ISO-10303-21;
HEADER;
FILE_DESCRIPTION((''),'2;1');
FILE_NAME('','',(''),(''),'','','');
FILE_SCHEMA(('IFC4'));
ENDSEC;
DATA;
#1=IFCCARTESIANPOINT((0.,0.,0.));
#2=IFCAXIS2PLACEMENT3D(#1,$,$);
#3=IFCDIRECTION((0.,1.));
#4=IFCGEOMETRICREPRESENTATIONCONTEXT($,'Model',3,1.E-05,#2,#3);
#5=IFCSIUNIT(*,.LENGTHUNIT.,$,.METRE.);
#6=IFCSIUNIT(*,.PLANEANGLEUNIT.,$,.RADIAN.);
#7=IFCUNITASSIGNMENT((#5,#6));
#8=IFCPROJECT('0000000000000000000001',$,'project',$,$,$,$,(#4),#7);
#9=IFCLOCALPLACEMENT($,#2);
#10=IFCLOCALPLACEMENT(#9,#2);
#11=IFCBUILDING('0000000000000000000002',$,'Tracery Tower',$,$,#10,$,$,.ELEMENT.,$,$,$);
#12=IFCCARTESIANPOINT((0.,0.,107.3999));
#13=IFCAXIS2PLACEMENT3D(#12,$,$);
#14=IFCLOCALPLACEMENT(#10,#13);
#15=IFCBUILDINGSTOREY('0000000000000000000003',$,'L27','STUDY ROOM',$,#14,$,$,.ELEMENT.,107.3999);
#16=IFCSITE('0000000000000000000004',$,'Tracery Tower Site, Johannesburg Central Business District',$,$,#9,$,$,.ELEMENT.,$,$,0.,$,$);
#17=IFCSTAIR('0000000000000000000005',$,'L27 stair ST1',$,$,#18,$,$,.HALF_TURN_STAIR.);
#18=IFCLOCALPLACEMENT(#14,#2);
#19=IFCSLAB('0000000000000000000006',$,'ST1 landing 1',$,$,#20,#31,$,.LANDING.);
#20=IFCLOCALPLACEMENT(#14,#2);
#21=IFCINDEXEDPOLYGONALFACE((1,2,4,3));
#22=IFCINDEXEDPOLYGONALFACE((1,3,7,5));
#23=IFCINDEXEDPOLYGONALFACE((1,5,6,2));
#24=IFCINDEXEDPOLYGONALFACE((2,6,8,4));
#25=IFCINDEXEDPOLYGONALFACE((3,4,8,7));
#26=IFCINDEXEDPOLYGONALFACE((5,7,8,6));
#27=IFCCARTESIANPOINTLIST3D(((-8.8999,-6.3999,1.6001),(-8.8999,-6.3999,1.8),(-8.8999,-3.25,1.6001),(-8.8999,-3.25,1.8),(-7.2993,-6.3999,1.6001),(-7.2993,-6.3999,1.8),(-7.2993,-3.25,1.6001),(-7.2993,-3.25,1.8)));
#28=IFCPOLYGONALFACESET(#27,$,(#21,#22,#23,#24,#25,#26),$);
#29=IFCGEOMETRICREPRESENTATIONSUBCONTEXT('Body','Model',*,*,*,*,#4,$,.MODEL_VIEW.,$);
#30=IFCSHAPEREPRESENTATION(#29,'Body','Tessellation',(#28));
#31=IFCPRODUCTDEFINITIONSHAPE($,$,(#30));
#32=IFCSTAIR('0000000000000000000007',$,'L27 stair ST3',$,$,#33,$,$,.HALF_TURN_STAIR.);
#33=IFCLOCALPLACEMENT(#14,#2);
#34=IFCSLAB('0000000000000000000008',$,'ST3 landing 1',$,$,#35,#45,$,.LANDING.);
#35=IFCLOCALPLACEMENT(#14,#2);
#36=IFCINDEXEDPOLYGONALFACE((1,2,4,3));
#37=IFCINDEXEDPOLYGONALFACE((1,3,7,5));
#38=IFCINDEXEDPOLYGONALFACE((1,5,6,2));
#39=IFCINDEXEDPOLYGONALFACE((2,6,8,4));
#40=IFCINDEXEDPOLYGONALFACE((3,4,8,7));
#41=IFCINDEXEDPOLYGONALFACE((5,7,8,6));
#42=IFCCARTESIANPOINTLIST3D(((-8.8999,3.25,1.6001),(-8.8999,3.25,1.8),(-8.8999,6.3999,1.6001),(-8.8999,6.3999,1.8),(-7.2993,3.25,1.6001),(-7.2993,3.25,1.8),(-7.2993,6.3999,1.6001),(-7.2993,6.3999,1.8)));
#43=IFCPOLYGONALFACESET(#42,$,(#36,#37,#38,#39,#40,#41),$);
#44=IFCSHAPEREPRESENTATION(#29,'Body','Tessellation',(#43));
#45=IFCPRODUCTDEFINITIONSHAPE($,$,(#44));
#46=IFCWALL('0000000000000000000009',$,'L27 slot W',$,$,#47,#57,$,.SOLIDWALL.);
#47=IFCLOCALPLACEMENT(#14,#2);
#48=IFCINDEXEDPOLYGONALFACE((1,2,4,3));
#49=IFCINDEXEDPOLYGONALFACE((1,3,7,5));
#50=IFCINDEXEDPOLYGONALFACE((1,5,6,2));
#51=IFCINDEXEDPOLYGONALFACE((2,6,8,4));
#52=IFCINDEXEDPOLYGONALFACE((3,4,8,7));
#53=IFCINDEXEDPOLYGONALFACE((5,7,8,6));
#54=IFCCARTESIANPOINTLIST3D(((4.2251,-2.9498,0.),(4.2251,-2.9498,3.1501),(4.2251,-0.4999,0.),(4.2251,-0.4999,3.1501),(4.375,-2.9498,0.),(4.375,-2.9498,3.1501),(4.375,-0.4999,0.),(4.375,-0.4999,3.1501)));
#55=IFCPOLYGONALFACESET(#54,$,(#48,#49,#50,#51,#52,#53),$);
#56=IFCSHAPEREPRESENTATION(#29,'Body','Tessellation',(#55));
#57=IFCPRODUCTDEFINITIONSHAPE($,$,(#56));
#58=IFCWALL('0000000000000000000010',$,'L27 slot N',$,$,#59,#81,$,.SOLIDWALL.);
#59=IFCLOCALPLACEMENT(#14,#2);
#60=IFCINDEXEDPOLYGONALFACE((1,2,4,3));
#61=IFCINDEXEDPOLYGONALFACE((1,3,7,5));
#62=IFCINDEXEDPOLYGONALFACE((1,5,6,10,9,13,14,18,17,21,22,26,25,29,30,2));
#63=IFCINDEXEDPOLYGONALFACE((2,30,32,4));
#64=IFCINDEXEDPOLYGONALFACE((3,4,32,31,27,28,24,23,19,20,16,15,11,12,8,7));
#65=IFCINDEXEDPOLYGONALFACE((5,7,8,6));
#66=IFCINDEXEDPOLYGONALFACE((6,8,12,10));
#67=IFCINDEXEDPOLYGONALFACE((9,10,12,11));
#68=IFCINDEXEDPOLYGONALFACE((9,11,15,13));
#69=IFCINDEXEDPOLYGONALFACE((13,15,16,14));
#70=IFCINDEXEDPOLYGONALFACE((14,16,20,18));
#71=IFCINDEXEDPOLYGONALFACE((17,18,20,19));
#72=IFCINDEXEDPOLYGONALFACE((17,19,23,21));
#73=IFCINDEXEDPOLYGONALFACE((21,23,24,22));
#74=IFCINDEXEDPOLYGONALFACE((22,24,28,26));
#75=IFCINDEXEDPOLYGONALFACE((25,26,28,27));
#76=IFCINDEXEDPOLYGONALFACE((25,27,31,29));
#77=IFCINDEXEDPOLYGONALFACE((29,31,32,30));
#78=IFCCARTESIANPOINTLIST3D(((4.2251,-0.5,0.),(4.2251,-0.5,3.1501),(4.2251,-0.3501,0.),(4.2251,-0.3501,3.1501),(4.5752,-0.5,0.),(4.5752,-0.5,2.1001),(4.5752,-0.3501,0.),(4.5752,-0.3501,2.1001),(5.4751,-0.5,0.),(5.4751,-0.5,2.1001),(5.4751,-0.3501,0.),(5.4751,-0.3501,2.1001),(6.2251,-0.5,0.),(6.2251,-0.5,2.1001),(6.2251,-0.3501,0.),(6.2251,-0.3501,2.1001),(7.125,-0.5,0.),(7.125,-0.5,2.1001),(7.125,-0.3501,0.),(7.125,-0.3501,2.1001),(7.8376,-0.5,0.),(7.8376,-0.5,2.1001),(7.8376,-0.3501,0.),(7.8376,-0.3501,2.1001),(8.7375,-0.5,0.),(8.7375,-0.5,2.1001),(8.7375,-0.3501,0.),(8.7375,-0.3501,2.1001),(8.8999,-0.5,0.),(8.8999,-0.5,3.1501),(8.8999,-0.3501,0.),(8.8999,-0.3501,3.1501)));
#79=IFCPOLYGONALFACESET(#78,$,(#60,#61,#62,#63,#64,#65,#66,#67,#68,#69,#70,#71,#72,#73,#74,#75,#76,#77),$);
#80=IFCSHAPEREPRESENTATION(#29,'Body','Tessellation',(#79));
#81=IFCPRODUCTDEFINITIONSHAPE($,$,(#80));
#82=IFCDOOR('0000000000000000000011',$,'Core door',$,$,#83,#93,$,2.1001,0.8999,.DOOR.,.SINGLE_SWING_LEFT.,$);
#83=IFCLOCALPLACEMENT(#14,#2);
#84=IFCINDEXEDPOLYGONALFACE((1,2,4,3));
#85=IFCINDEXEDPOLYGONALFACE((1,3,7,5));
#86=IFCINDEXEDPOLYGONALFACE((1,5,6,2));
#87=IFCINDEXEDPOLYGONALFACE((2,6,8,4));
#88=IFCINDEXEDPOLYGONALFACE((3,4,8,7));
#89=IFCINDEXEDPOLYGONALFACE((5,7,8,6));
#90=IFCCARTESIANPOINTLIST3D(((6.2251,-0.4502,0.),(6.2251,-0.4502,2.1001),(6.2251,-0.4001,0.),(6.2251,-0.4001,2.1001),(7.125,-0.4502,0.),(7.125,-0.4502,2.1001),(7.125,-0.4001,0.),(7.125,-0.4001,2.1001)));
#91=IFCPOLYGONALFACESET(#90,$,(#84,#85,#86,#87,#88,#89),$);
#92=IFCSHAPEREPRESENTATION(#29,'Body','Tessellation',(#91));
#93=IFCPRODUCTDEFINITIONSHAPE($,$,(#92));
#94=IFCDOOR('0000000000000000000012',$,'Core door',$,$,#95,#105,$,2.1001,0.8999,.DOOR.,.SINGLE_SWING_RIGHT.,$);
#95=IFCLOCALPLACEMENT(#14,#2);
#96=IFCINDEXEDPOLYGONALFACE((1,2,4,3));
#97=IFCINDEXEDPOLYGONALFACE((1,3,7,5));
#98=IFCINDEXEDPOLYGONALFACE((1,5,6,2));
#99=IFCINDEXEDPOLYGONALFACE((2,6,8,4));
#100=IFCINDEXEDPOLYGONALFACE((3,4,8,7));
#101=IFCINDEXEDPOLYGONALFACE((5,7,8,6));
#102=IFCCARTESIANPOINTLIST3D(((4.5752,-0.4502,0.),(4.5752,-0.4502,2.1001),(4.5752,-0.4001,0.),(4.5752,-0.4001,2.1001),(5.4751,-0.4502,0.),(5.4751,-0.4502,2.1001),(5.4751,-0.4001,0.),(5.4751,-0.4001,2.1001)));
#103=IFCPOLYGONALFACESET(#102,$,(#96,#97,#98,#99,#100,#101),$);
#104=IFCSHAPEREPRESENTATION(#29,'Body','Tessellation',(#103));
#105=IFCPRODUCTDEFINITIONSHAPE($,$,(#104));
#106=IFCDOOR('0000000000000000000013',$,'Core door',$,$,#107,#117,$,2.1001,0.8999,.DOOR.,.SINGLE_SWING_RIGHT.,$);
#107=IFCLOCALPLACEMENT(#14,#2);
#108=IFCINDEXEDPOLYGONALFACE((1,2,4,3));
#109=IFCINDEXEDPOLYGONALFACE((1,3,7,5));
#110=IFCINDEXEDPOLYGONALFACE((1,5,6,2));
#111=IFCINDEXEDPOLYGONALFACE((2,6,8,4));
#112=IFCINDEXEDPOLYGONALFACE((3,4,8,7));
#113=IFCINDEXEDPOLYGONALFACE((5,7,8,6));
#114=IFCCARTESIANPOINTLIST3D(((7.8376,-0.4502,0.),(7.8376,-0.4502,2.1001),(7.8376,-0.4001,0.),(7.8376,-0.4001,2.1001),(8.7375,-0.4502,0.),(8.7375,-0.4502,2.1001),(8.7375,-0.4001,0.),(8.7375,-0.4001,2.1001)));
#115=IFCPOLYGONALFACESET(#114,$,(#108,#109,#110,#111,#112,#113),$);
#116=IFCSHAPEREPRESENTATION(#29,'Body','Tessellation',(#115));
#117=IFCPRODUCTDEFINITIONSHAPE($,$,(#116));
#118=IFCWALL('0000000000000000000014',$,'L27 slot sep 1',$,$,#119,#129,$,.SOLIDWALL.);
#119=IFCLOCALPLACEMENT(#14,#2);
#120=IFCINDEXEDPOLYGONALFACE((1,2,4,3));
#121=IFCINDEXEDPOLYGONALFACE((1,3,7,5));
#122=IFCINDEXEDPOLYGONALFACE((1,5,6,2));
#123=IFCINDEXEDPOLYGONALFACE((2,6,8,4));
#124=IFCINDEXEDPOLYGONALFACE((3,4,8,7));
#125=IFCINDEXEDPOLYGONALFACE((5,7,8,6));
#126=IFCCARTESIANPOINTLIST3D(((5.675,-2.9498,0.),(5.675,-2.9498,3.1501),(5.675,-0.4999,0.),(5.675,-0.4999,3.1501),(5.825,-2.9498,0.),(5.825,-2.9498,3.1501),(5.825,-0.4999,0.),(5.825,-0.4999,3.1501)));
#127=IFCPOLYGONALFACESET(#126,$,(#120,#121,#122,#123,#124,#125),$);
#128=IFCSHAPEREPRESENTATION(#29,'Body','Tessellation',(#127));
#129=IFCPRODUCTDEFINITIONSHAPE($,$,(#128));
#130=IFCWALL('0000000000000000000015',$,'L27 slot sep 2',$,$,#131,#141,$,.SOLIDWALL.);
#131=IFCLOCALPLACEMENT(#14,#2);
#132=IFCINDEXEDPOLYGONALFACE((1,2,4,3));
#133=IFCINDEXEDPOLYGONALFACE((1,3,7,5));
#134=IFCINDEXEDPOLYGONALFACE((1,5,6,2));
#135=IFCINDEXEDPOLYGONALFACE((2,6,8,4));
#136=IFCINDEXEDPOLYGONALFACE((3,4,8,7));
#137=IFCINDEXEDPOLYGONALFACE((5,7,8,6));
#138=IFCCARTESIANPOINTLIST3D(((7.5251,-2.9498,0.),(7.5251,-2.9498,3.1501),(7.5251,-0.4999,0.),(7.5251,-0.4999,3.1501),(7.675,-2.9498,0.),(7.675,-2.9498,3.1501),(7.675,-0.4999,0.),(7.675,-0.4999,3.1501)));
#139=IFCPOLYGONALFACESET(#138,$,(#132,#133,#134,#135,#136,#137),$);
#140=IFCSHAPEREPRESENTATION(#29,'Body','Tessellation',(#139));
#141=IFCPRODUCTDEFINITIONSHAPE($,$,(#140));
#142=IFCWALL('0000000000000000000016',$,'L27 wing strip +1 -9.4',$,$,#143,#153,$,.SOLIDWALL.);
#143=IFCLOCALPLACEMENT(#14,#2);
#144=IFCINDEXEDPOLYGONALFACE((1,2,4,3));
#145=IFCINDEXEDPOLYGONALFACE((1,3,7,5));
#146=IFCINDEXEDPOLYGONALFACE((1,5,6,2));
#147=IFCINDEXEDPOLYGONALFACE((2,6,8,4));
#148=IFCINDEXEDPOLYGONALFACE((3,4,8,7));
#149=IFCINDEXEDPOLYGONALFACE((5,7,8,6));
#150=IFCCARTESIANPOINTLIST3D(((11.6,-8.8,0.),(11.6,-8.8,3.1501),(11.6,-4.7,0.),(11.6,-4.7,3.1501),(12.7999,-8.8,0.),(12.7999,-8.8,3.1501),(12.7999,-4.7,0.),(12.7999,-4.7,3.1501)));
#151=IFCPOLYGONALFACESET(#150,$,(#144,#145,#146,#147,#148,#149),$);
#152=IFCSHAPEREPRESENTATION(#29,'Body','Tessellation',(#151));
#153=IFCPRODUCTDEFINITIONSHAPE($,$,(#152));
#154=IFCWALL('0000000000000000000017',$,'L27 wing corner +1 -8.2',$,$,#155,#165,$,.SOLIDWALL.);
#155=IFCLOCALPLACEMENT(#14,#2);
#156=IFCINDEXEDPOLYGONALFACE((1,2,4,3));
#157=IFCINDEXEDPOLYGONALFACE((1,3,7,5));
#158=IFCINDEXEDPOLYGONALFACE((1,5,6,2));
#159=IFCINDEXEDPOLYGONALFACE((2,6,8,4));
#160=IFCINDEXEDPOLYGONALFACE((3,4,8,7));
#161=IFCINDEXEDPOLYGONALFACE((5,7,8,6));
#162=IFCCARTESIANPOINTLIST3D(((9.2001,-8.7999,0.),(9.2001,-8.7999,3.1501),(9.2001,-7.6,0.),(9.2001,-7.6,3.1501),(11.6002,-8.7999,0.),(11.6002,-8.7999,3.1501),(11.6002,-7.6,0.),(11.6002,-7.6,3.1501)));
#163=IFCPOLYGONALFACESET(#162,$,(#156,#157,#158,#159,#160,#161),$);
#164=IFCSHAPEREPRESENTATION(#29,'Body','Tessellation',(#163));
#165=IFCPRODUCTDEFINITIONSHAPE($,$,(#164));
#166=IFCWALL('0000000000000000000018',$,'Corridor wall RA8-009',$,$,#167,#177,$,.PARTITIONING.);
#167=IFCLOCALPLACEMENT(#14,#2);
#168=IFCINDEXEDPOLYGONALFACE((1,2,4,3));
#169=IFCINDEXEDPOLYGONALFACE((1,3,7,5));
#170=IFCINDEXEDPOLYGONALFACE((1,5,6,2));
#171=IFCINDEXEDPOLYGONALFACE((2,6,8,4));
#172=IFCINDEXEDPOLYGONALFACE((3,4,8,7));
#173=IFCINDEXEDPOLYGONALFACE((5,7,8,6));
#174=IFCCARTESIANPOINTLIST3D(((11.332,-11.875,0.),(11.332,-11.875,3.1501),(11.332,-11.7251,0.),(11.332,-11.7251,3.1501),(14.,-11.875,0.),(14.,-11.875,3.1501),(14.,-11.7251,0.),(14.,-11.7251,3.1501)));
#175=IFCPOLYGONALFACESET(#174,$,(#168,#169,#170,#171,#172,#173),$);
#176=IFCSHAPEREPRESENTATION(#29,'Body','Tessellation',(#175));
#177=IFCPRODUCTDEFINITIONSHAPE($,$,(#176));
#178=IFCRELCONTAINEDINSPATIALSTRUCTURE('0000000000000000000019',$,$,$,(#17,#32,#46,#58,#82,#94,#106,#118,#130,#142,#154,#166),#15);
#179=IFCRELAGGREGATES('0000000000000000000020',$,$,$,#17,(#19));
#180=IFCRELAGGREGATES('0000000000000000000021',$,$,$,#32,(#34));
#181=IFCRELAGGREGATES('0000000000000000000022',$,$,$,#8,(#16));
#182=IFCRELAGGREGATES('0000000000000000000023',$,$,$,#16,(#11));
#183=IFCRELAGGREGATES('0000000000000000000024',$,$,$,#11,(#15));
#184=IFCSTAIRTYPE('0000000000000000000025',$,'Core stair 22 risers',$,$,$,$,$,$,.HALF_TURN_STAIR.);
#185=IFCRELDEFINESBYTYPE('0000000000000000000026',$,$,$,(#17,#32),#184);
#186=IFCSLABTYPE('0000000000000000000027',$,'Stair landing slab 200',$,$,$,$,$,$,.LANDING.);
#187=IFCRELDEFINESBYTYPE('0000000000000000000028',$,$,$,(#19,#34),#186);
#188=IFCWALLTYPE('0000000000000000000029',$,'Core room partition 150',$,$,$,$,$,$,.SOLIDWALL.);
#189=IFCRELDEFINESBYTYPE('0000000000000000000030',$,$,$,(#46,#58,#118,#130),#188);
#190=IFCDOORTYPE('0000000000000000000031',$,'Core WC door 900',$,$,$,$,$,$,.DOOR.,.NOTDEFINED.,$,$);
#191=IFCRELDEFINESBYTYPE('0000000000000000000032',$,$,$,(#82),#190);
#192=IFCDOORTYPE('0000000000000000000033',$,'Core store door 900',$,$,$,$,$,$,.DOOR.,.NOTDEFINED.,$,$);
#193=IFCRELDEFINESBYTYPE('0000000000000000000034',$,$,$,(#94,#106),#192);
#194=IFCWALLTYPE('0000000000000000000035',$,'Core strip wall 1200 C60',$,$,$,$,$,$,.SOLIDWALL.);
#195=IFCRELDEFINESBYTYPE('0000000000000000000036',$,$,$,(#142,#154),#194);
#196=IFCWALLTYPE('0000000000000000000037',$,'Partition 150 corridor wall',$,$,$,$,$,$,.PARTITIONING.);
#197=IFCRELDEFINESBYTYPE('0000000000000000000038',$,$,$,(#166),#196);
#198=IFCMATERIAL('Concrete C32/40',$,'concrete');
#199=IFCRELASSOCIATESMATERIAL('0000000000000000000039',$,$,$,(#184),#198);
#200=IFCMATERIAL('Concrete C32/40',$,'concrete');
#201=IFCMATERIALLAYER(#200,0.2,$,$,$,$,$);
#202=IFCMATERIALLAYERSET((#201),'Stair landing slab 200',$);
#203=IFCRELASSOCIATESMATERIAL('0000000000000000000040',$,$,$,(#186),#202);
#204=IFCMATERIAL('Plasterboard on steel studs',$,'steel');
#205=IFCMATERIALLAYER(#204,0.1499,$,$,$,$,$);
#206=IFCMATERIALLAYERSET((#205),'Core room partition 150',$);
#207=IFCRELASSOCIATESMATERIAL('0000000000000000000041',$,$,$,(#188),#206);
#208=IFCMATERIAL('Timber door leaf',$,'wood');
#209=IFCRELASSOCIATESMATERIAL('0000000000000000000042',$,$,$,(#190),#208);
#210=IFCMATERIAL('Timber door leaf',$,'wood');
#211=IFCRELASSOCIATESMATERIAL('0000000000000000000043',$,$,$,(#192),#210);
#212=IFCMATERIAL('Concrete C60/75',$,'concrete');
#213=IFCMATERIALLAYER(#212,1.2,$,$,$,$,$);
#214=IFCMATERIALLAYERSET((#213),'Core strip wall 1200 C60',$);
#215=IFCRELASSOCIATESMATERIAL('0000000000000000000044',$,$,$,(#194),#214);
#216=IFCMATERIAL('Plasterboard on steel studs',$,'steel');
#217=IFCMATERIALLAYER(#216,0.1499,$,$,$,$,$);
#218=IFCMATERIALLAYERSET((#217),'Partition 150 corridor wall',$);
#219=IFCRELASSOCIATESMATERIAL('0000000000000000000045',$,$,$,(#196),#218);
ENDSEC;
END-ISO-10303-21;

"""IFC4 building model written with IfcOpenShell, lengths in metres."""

from ifc_helpers import new_model, si_unit, direction, frame, frame_2d, origin, place, context, subcontext, project, spatial, polyline, rectangle, outline, extrude, material, layer, layer_set, type_object, element, fill, aggregate, save


model = new_model("IFC4")

# Units and contexts
model_context = context("Model", 3, precision=1e-05, world=origin(), true_north=direction((0.0, 1.0)))
body_context = subcontext(model_context, "Body", "Model", "MODEL_VIEW")
ifc_project = project(units=[si_unit("LENGTHUNIT", "METRE"), si_unit("PLANEANGLEUNIT", "RADIAN")], contexts=[model_context])

# Site, building, storey
site_placement = place(None, origin())
site = spatial("IfcSite", under=ifc_project, at=site_placement, Name="Tracery Tower Site, Johannesburg Central Business District", CompositionType="ELEMENT", RefElevation=0.0)
building_placement = place(site_placement, origin())
building = spatial("IfcBuilding", under=site, at=building_placement, Name="Tracery Tower", CompositionType="ELEMENT")
storey_placement = place(building_placement, frame((0.0, 0.0, 107.3999)))
storey = spatial("IfcBuildingStorey", under=building, at=storey_placement, Name="L27", Description="STUDY ROOM", CompositionType="ELEMENT", Elevation=107.3999)

# Stairs, slabs
ifc_material_1 = material(Name="Concrete C32/40", Category="concrete")
stair_type = type_object("IfcStairType", Name="Core stair 22 risers", PredefinedType="HALF_TURN_STAIR", material=ifc_material_1)
stair_1_placement = place(storey_placement, origin())
stair_1 = element("IfcStair", 1, at=stair_1_placement, inside=storey, type_object=stair_type, Name="L27 stair ST1", PredefinedType="HALF_TURN_STAIR")
ifc_material_2 = material(Name="Concrete C32/40", Category="concrete")
ifc_layer_1 = layer(ifc_material_2, 0.2)
ifc_layer_set_1 = layer_set([ifc_layer_1], Name="Stair landing slab 200")
slab_type_1 = type_object("IfcSlabType", Name="Stair landing slab 200", PredefinedType="LANDING", material=ifc_layer_set_1)
slab_1_placement = place(storey_placement, frame((0.0, 0.0, 1.6001)))
slab_1 = element("IfcSlab", 2, at=slab_1_placement, type_object=slab_type_1, Name="ST1 landing 1", PredefinedType="LANDING", context=body_context, shape_type="SweptSolid", body=[
    extrude(outline(polyline([(-7.2993, -3.25), (-8.8999, -3.25), (-8.8999, -6.3999), (-7.2993, -6.3999), (-7.2993, -3.25)])), origin(), (0.0, 0.0, 1.0), 0.2),
])
aggregate(stair_1, [slab_1])
stair_2_placement = place(storey_placement, origin())
stair_2 = element("IfcStair", 3, at=stair_2_placement, inside=storey, type_object=stair_type, Name="L27 stair ST3", PredefinedType="HALF_TURN_STAIR")
slab_2_placement = place(storey_placement, frame((0.0, 0.0, 1.6001)))
slab_2 = element("IfcSlab", 4, at=slab_2_placement, type_object=slab_type_1, Name="ST3 landing 1", PredefinedType="LANDING", context=body_context, shape_type="SweptSolid", body=[
    extrude(outline(polyline([(-7.2993, 6.3999), (-8.8999, 6.3999), (-8.8999, 3.25), (-7.2993, 3.25), (-7.2993, 6.3999)])), origin(), (0.0, 0.0, 1.0), 0.2),
])
aggregate(stair_2, [slab_2])

# Wall
ifc_material_3 = material(Name="Plasterboard on steel studs", Category="steel")
ifc_layer_2 = layer(ifc_material_3, 0.1499)
ifc_layer_set_2 = layer_set([ifc_layer_2], Name="Core room partition 150")
wall_type_1 = type_object("IfcWallType", Name="Core room partition 150", PredefinedType="SOLIDWALL", material=ifc_layer_set_2)
wall_1_placement = place(storey_placement, frame((4.3, -2.95, 0.0), z_axis=(0.0, 0.0, 1.0), x_axis=(0.0, 1.0, 0.0)))
element("IfcWall", 5, at=wall_1_placement, inside=storey, type_object=wall_type_1, Name="L27 slot W", PredefinedType="SOLIDWALL", context=body_context, shape_type="SweptSolid", body=[
    extrude(rectangle(XDim=2.45, YDim=0.1499, at=frame_2d((1.2251, 0.0))), origin(), (0.0, 0.0, 1.0), 3.1501),
])

# Wall, openings, doors
wall_2_placement = place(storey_placement, frame((4.2251, -0.425, 0.0), z_axis=(0.0, 0.0, 1.0), x_axis=(1.0, 0.0, 0.0)))
wall_2 = element("IfcWall", 6, at=wall_2_placement, inside=storey, type_object=wall_type_1, Name="L27 slot N", PredefinedType="SOLIDWALL", context=body_context, shape_type="SweptSolid", body=[
    extrude(rectangle(XDim=4.6748, YDim=0.1499, at=frame_2d((2.3374, 0.0))), origin(), (0.0, 0.0, 1.0), 3.1501),
])
opening_1_placement = place(wall_2_placement, frame((0.3501, 0.0, 0.0)))
opening_1 = element("IfcOpeningElement", 7, at=opening_1_placement, cuts=wall_2, PredefinedType="OPENING", context=body_context, shape_type="SweptSolid", body=[
    extrude(rectangle(XDim=0.8999, YDim=2.1001, at=frame_2d((0.45, 1.05))), frame((0.0, 0.075, 0.0), z_axis=(0.0, -1.0, 0.0), x_axis=(1.0, 0.0, 0.0)), (0.0, 0.0, 1.0), 0.1499),
])
opening_2_placement = place(wall_2_placement, frame((2.0, 0.0, 0.0)))
opening_2 = element("IfcOpeningElement", 8, at=opening_2_placement, cuts=wall_2, PredefinedType="OPENING", context=body_context, shape_type="SweptSolid", body=[
    extrude(rectangle(XDim=0.8999, YDim=2.1001, at=frame_2d((0.45, 1.05))), frame((0.0, 0.075, 0.0), z_axis=(0.0, -1.0, 0.0), x_axis=(1.0, 0.0, 0.0)), (0.0, 0.0, 1.0), 0.1499),
])
opening_3_placement = place(wall_2_placement, frame((3.6125, 0.0, 0.0)))
opening_3 = element("IfcOpeningElement", 9, at=opening_3_placement, cuts=wall_2, PredefinedType="OPENING", context=body_context, shape_type="SweptSolid", body=[
    extrude(rectangle(XDim=0.8999, YDim=2.1001, at=frame_2d((0.45, 1.05))), frame((0.0, 0.075, 0.0), z_axis=(0.0, -1.0, 0.0), x_axis=(1.0, 0.0, 0.0)), (0.0, 0.0, 1.0), 0.1499),
])
ifc_material_4 = material(Name="Timber door leaf", Category="wood")
door_type_1 = type_object("IfcDoorType", Name="Core WC door 900", OperationType="NOTDEFINED", PredefinedType="DOOR", material=ifc_material_4)
door_1_placement = place(opening_2_placement, origin())
door_1 = element("IfcDoor", 10, at=door_1_placement, inside=storey, type_object=door_type_1, Name="Core door", OperationType="SINGLE_SWING_LEFT", OverallHeight=2.1001, OverallWidth=0.8999, PredefinedType="DOOR", context=body_context, shape_type="SweptSolid", body=[
    extrude(rectangle(XDim=0.8999, YDim=2.1001, at=frame_2d((0.45, 1.05))), frame((0.0, 0.0249, 0.0), z_axis=(0.0, -1.0, 0.0), x_axis=(1.0, 0.0, 0.0)), (0.0, 0.0, 1.0), 0.05),
])
fill(opening_2, door_1)
ifc_material_5 = material(Name="Timber door leaf", Category="wood")
door_type_2 = type_object("IfcDoorType", Name="Core store door 900", OperationType="NOTDEFINED", PredefinedType="DOOR", material=ifc_material_5)
door_2_placement = place(opening_1_placement, origin())
door_2 = element("IfcDoor", 11, at=door_2_placement, inside=storey, type_object=door_type_2, Name="Core door", OperationType="SINGLE_SWING_RIGHT", OverallHeight=2.1001, OverallWidth=0.8999, PredefinedType="DOOR", context=body_context, shape_type="SweptSolid", body=[
    extrude(rectangle(XDim=0.8999, YDim=2.1001, at=frame_2d((0.45, 1.05))), frame((0.0, 0.0249, 0.0), z_axis=(0.0, -1.0, 0.0), x_axis=(1.0, 0.0, 0.0)), (0.0, 0.0, 1.0), 0.05),
])
fill(opening_1, door_2)
door_3_placement = place(opening_3_placement, origin())
door_3 = element("IfcDoor", 12, at=door_3_placement, inside=storey, type_object=door_type_2, Name="Core door", OperationType="SINGLE_SWING_RIGHT", OverallHeight=2.1001, OverallWidth=0.8999, PredefinedType="DOOR", context=body_context, shape_type="SweptSolid", body=[
    extrude(rectangle(XDim=0.8999, YDim=2.1001, at=frame_2d((0.45, 1.05))), frame((0.0, 0.0249, 0.0), z_axis=(0.0, -1.0, 0.0), x_axis=(1.0, 0.0, 0.0)), (0.0, 0.0, 1.0), 0.05),
])
fill(opening_3, door_3)

# Walls
for number, where, z_axis, x_axis, name in (
    (13, (5.75, -2.95, 0.0), (0.0, 0.0, 1.0), (0.0, 1.0, 0.0), "L27 slot sep 1"),
    (14, (7.6001, -2.95, 0.0), (0.0, 0.0, 1.0), (0.0, 1.0, 0.0), "L27 slot sep 2"),
):
    element("IfcWall", number, at=place(storey_placement, frame(where, z_axis=z_axis, x_axis=x_axis)), inside=storey, type_object=wall_type_1, Name=name, PredefinedType="SOLIDWALL", context=body_context, shape_type="SweptSolid", body=[
        extrude(rectangle(XDim=2.45, YDim=0.1499, at=frame_2d((1.2251, 0.0))), origin(), (0.0, 0.0, 1.0), 3.1501),
    ])
ifc_material_6 = material(Name="Concrete C60/75", Category="concrete")
ifc_layer_3 = layer(ifc_material_6, 1.2)
ifc_layer_set_3 = layer_set([ifc_layer_3], Name="Core strip wall 1200 C60")
wall_type_2 = type_object("IfcWallType", Name="Core strip wall 1200 C60", PredefinedType="SOLIDWALL", material=ifc_layer_set_3)
wall_3_placement = place(storey_placement, frame((12.2, -8.8, 0.0), z_axis=(0.0, 0.0, 1.0), x_axis=(0.0, 1.0, 0.0)))
element("IfcWall", 15, at=wall_3_placement, inside=storey, type_object=wall_type_2, Name="L27 wing strip +1 -9.4", PredefinedType="SOLIDWALL", context=body_context, shape_type="SweptSolid", body=[
    extrude(rectangle(XDim=4.1001, YDim=1.2, at=frame_2d((2.05, 0.0))), origin(), (0.0, 0.0, 1.0), 3.1501),
])
wall_4_placement = place(storey_placement, frame((9.2, -8.2, 0.0), z_axis=(0.0, 0.0, 1.0), x_axis=(1.0, 0.0, 0.0)))
element("IfcWall", 16, at=wall_4_placement, inside=storey, type_object=wall_type_2, Name="L27 wing corner +1 -8.2", PredefinedType="SOLIDWALL", context=body_context, shape_type="SweptSolid", body=[
    extrude(rectangle(XDim=2.4001, YDim=1.2, at=frame_2d((1.2002, 0.0))), origin(), (0.0, 0.0, 1.0), 3.1501),
])
ifc_material_7 = material(Name="Plasterboard on steel studs", Category="steel")
ifc_layer_4 = layer(ifc_material_7, 0.1499)
ifc_layer_set_4 = layer_set([ifc_layer_4], Name="Partition 150 corridor wall")
wall_type_3 = type_object("IfcWallType", Name="Partition 150 corridor wall", PredefinedType="PARTITIONING", material=ifc_layer_set_4)
wall_5_placement = place(storey_placement, frame((11.332, -11.8, 0.0), z_axis=(0.0, 0.0, 1.0), x_axis=(1.0, 0.0, 0.0)))
element("IfcWall", 17, at=wall_5_placement, inside=storey, type_object=wall_type_3, Name="Corridor wall RA8-009", PredefinedType="PARTITIONING", context=body_context, shape_type="SweptSolid", body=[
    extrude(rectangle(XDim=2.668, YDim=0.1499, at=frame_2d((1.334, 0.0))), origin(), (0.0, 0.0, 1.0), 3.1501),
])

save(model, "model.ifc")
